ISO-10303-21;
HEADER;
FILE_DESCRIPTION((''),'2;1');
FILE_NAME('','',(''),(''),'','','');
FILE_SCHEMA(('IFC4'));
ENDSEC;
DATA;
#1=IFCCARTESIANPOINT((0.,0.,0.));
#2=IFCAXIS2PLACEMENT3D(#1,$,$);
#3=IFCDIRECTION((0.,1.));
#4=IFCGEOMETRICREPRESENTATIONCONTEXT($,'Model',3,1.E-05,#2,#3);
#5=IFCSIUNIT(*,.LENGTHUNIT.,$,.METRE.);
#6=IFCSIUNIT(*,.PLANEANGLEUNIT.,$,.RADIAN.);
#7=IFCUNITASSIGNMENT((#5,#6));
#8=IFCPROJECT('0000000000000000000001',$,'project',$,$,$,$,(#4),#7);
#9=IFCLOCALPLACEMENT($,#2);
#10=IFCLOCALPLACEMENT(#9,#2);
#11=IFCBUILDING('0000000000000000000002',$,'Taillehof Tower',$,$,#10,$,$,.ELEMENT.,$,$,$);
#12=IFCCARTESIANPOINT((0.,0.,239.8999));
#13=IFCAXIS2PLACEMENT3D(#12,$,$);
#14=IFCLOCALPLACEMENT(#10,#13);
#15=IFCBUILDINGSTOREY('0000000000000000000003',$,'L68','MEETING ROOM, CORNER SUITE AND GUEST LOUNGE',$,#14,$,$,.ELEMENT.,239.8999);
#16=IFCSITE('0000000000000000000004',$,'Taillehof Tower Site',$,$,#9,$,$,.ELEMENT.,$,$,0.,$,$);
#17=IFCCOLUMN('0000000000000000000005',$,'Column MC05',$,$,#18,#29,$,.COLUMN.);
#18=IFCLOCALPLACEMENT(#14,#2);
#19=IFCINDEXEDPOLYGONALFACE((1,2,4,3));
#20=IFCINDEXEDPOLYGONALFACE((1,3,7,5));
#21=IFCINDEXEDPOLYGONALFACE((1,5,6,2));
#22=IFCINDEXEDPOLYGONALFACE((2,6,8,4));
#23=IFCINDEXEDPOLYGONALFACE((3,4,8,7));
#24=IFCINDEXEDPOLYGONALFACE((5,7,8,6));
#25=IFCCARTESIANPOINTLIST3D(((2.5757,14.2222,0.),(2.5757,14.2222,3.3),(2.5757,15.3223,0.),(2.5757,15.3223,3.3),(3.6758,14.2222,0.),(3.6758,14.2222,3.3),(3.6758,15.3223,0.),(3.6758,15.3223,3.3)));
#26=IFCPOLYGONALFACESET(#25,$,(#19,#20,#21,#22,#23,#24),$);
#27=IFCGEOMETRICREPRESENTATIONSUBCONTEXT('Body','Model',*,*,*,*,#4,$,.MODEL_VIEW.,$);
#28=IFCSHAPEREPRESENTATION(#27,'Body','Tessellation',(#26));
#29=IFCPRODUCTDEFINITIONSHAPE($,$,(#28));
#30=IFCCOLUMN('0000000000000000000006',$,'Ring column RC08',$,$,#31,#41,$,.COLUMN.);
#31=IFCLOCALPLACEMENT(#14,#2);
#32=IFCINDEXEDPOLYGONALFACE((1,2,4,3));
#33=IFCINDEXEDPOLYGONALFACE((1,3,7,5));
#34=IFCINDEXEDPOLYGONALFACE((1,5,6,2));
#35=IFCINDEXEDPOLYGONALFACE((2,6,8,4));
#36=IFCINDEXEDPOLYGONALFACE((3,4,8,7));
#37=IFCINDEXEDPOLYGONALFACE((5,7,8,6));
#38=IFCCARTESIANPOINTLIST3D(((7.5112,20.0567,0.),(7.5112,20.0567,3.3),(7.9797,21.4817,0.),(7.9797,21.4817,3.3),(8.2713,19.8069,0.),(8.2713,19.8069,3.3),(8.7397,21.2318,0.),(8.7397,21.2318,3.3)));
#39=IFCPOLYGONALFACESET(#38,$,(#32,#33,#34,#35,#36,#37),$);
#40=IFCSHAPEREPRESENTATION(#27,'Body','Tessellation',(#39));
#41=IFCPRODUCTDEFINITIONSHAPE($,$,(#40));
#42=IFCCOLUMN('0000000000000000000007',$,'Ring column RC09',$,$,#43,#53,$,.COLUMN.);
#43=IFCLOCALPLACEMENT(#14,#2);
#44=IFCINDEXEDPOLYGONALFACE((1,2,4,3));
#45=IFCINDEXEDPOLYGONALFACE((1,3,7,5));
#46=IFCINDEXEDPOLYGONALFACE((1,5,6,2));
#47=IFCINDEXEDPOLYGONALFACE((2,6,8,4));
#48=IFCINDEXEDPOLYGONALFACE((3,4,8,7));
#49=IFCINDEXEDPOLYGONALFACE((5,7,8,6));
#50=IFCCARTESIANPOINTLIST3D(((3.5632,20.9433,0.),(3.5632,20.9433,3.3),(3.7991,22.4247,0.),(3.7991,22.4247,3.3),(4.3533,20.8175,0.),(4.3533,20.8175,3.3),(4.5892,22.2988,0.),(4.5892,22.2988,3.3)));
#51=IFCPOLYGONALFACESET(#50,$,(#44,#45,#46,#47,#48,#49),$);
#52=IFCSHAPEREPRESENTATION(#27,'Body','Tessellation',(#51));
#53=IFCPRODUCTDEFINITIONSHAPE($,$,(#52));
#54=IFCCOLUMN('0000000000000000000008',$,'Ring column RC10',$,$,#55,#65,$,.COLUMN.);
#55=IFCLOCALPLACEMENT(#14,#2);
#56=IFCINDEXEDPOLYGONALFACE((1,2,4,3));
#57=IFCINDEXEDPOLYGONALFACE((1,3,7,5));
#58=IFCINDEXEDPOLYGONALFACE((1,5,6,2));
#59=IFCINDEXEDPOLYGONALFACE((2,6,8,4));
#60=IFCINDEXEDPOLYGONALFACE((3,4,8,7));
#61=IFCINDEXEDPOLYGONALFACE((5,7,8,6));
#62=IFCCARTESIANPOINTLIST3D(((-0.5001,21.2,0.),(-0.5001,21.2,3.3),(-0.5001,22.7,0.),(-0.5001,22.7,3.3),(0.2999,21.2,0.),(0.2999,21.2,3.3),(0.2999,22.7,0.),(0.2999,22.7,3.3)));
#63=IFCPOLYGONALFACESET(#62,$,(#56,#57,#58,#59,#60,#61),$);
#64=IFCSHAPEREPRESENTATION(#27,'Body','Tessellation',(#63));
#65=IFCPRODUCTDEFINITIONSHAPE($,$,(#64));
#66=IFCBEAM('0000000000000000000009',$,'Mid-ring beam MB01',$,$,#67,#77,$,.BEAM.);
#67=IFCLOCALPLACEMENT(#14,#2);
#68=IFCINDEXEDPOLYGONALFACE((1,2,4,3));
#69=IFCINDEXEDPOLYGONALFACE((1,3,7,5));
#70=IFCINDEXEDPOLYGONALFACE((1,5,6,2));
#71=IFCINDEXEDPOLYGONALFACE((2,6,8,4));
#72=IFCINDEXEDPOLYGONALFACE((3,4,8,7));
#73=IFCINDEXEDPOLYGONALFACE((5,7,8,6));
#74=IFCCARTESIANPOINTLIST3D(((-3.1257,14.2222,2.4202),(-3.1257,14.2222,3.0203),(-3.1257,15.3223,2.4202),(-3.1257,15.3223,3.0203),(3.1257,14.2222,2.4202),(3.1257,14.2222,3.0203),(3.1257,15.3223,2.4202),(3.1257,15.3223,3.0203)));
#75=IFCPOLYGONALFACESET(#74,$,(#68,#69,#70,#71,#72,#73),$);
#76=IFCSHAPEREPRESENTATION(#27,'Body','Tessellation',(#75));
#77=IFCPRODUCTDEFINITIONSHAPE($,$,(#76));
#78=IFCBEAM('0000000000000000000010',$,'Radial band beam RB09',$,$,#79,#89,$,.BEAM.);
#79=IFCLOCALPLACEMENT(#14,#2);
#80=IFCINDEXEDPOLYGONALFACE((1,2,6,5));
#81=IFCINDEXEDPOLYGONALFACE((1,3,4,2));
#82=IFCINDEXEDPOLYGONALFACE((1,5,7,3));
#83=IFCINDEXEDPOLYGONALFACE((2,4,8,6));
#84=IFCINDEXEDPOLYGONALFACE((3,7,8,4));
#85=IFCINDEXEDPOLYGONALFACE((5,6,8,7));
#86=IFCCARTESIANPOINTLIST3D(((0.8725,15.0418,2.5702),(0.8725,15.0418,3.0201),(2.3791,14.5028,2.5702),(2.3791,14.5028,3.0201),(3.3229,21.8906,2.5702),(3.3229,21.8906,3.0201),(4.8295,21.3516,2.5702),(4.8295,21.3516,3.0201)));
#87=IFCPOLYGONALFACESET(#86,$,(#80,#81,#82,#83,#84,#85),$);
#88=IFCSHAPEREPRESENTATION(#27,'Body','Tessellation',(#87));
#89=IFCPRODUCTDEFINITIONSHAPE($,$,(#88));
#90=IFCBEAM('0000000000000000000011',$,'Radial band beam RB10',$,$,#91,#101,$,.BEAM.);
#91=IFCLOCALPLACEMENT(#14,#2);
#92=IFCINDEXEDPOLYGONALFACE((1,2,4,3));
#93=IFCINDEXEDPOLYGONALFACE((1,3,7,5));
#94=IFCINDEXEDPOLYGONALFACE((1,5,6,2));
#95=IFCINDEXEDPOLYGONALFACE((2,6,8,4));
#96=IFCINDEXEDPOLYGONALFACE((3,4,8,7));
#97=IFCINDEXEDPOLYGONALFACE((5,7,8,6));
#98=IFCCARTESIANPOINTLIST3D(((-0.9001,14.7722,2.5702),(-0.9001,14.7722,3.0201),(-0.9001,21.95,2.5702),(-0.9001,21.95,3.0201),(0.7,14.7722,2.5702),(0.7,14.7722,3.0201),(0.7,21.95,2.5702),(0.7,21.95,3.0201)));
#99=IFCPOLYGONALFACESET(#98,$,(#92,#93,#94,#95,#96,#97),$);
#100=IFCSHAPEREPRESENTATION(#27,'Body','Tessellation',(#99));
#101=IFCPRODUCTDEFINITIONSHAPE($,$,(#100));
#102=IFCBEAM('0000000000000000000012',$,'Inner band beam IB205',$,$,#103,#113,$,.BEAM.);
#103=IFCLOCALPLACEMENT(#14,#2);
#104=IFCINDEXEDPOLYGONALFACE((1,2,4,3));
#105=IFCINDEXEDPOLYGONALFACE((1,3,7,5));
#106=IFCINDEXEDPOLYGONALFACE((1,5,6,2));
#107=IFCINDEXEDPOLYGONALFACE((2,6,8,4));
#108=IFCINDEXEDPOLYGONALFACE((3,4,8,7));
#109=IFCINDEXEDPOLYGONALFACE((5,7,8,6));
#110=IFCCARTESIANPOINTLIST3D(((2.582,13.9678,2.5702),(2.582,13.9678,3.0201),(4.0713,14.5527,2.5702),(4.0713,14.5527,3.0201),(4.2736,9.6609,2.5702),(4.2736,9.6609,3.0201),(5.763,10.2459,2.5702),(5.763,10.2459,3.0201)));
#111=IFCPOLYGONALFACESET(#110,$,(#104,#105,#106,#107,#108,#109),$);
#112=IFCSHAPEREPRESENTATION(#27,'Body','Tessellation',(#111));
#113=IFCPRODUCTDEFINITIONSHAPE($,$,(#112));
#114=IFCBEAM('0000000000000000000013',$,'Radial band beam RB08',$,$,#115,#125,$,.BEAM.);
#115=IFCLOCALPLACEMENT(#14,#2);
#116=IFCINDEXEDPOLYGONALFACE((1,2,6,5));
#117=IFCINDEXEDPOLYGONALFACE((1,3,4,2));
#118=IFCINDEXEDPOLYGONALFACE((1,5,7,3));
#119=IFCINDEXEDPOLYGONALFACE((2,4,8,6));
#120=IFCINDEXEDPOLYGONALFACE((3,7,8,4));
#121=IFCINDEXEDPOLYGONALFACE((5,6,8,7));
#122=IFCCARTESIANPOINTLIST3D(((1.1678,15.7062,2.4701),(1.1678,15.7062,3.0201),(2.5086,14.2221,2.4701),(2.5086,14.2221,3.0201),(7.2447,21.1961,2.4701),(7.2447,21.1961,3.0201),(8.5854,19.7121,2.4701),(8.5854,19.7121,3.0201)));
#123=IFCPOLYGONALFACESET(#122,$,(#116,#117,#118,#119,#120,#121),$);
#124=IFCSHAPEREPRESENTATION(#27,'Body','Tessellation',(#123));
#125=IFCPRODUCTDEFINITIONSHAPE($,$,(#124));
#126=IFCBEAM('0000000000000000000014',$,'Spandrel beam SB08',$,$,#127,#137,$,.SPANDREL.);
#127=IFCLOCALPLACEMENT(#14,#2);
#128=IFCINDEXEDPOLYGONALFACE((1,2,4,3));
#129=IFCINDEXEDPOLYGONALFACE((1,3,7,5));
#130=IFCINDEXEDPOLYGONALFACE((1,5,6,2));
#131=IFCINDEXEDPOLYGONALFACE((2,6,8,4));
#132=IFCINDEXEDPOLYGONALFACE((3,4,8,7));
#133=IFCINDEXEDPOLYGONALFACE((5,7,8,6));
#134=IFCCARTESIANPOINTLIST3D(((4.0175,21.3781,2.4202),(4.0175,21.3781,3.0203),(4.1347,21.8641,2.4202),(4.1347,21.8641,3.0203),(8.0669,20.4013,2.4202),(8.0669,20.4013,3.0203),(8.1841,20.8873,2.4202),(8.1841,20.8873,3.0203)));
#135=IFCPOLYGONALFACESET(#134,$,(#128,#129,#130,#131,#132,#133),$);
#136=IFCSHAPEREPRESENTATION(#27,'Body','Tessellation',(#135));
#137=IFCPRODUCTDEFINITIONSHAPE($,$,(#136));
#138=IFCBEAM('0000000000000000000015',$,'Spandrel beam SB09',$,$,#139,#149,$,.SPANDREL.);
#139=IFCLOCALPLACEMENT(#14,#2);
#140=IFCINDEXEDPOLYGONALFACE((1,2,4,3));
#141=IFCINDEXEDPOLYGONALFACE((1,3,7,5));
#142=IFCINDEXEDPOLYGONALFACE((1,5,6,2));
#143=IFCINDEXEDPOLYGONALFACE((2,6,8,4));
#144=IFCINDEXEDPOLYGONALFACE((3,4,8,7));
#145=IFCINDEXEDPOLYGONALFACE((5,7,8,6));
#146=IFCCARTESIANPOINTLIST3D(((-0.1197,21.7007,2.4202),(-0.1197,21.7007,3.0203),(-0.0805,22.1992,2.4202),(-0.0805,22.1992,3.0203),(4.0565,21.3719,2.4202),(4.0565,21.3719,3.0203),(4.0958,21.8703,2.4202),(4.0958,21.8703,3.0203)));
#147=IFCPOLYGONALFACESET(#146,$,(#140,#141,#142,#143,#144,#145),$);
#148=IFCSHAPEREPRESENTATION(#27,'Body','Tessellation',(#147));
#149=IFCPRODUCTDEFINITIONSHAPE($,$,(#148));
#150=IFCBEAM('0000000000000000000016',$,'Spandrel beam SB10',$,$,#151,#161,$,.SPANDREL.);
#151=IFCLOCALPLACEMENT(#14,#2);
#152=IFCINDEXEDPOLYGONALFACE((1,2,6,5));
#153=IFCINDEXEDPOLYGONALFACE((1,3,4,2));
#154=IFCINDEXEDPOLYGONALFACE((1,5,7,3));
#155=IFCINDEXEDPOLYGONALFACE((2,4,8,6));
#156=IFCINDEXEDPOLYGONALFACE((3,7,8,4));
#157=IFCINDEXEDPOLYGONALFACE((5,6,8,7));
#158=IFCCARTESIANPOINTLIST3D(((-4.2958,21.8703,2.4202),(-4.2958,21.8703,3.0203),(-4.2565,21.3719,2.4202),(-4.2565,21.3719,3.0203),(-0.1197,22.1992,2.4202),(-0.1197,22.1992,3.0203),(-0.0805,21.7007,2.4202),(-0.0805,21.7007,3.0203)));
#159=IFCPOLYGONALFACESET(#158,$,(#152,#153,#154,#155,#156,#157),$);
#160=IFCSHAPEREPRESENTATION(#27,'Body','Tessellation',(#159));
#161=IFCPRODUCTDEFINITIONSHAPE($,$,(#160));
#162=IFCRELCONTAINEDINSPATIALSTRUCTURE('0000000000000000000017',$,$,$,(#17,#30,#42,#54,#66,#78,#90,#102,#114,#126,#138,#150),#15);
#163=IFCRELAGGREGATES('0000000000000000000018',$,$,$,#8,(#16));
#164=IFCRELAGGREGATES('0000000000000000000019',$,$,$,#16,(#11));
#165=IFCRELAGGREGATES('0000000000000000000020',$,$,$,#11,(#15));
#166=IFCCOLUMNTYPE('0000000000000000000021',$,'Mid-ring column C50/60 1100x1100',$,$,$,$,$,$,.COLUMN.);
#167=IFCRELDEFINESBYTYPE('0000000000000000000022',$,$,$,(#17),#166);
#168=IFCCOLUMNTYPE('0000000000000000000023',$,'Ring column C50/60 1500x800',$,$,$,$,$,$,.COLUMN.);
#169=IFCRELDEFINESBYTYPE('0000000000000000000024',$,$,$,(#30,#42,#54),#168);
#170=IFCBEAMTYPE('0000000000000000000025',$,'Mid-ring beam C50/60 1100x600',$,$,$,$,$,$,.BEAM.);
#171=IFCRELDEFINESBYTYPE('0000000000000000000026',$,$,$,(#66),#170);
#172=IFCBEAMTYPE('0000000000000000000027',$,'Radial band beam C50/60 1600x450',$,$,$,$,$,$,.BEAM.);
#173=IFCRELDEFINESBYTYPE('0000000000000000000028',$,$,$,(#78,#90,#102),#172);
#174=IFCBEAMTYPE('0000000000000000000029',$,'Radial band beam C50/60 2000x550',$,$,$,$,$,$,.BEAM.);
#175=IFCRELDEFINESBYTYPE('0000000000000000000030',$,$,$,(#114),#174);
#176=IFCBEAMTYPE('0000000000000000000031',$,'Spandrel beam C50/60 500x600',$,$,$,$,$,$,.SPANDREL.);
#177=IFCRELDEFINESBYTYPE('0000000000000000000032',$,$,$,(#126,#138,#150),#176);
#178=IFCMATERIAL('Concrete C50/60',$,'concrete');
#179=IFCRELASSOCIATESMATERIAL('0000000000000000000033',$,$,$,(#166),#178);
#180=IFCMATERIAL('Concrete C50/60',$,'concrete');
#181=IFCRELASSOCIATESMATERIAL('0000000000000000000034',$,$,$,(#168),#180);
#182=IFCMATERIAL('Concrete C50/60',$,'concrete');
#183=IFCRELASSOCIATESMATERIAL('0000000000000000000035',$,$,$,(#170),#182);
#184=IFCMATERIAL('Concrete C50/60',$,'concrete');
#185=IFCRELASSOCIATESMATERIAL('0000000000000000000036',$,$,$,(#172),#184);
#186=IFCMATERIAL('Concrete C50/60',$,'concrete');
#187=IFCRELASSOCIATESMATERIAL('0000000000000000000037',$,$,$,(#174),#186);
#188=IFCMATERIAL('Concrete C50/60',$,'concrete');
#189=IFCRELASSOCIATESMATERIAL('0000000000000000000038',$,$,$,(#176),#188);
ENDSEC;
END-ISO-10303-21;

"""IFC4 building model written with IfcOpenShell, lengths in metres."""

from ifc_helpers import new_model, si_unit, direction, frame, origin, origin_2d, place, context, subcontext, project, spatial, rectangle, extrude, material, material_profile, profile_set, type_object, element, save


model = new_model("IFC4")

# Units and contexts
model_context = context("Model", 3, precision=1e-05, world=origin(), true_north=direction((0.0, 1.0)))
body_context = subcontext(model_context, "Body", "Model", "MODEL_VIEW")
ifc_project = project(units=[si_unit("LENGTHUNIT", "METRE"), si_unit("PLANEANGLEUNIT", "RADIAN")], contexts=[model_context])

# Site, building, storey
site_placement = place(None, origin())
site = spatial("IfcSite", under=ifc_project, at=site_placement, Name="Taillehof Tower Site", CompositionType="ELEMENT", RefElevation=0.0)
building_placement = place(site_placement, origin())
building = spatial("IfcBuilding", under=site, at=building_placement, Name="Taillehof Tower", CompositionType="ELEMENT")
storey_placement = place(building_placement, frame((0.0, 0.0, 239.8999)))
storey = spatial("IfcBuildingStorey", under=building, at=storey_placement, Name="L68", Description="MEETING ROOM, CORNER SUITE AND GUEST LOUNGE", CompositionType="ELEMENT", Elevation=239.8999)

# Columns
ifc_material_1 = material(Name="Concrete C50/60", Category="concrete")
ifc_material_profile_1 = material_profile(ifc_material_1, rectangle(XDim=1.1001, YDim=1.1001, at=origin_2d()), Name="RC 1100x1100")
ifc_profile_set_1 = profile_set([ifc_material_profile_1], Name="Concrete C50/60")
column_type_1 = type_object("IfcColumnType", Name="Mid-ring column C50/60 1100x1100", PredefinedType="COLUMN", material=ifc_profile_set_1)
column_placement = place(storey_placement, frame((3.1257, 14.7722, 0.0), z_axis=(0.0, 0.0, 1.0), x_axis=(1.0, 0.0, 0.0)))
element("IfcColumn", 1, at=column_placement, inside=storey, type_object=column_type_1, Name="Column MC05", PredefinedType="COLUMN", context=body_context, shape_type="SweptSolid", body=[
    extrude(rectangle(XDim=1.1001, YDim=1.1001, at=origin_2d()), origin(), (0.0, 0.0, 1.0), 3.3),
])
ifc_material_2 = material(Name="Concrete C50/60", Category="concrete")
ifc_material_profile_2 = material_profile(ifc_material_2, rectangle(XDim=1.5, YDim=0.8, at=origin_2d()), Name="RC 1500x800")
ifc_profile_set_2 = profile_set([ifc_material_profile_2], Name="Concrete C50/60")
column_type_2 = type_object("IfcColumnType", Name="Ring column C50/60 1500x800", PredefinedType="COLUMN", material=ifc_profile_set_2)
for number, where, z_axis, x_axis, name in (
    (2, (8.1255, 20.6443, 0.0), (0.0, 0.0, 1.0), (0.312304, 0.949982, 0.0), "Ring column RC08"),
    (3, (4.0762, 21.6211, 0.0), (0.0, 0.0, 1.0), (0.157281, 0.987554, 0.0), "Ring column RC09"),
    (4, (-0.1001, 21.95, 0.0), (0.0, 0.0, 1.0), (0.0, 1.0, 0.0), "Ring column RC10"),
):
    element("IfcColumn", number, at=place(storey_placement, frame(where, z_axis=z_axis, x_axis=x_axis)), inside=storey, type_object=column_type_2, Name=name, PredefinedType="COLUMN", context=body_context, shape_type="SweptSolid", body=[
        extrude(rectangle(XDim=1.5, YDim=0.8, at=origin_2d()), origin(), (0.0, 0.0, 1.0), 3.3),
    ])

# Beams
ifc_material_3 = material(Name="Concrete C50/60", Category="concrete")
ifc_material_profile_3 = material_profile(ifc_material_3, rectangle(XDim=1.1001, YDim=0.6001, at=origin_2d()), Name="RC 1100x600")
ifc_profile_set_3 = profile_set([ifc_material_profile_3], Name="Concrete C50/60")
beam_type_1 = type_object("IfcBeamType", Name="Mid-ring beam C50/60 1100x600", PredefinedType="BEAM", material=ifc_profile_set_3)
beam_1_placement = place(storey_placement, frame((3.1257, 14.7722, 2.7202), z_axis=(-1.0, 0.0, 0.0), x_axis=(0.0, -1.0, 0.0)))
element("IfcBeam", 5, at=beam_1_placement, inside=storey, type_object=beam_type_1, Name="Mid-ring beam MB01", PredefinedType="BEAM", context=body_context, shape_type="SweptSolid", body=[
    extrude(rectangle(XDim=1.1001, YDim=0.6001, at=origin_2d()), origin(), (0.0, 0.0, 1.0), 6.2515),
])
ifc_material_4 = material(Name="Concrete C50/60", Category="concrete")
ifc_material_profile_4 = material_profile(ifc_material_4, rectangle(XDim=1.6001, YDim=0.45, at=origin_2d()), Name="RC 1600x450")
ifc_profile_set_4 = profile_set([ifc_material_profile_4], Name="Concrete C50/60")
beam_type_2 = type_object("IfcBeamType", Name="Radial band beam C50/60 1600x450", PredefinedType="BEAM", material=ifc_profile_set_4)
beam_2_placement = place(storey_placement, frame((4.0762, 21.6211, 2.7952), z_axis=(-0.336874, -0.94155, 0.0), x_axis=(0.94155, -0.336874, 0.0)))
element("IfcBeam", 6, at=beam_2_placement, inside=storey, type_object=beam_type_2, Name="Radial band beam RB09", PredefinedType="BEAM", context=body_context, shape_type="SweptSolid", body=[
    extrude(rectangle(XDim=1.6001, YDim=0.45, at=origin_2d()), origin(), (0.0, 0.0, 1.0), 7.2739),
])
beam_3_placement = place(storey_placement, frame((-0.1001, 21.95, 2.7952), z_axis=(0.0, -1.0, 0.0), x_axis=(1.0, 0.0, 0.0)))
element("IfcBeam", 7, at=beam_3_placement, inside=storey, type_object=beam_type_2, Name="Radial band beam RB10", PredefinedType="BEAM", context=body_context, shape_type="SweptSolid", body=[
    extrude(rectangle(XDim=1.6001, YDim=0.45, at=origin_2d()), origin(), (0.0, 0.0, 1.0), 7.1777),
])
beam_4_placement = place(storey_placement, frame((3.3267, 14.2603, 2.7952), z_axis=(0.365589, -0.930777, 0.0), x_axis=(0.930777, 0.365589, 0.0)))
element("IfcBeam", 8, at=beam_4_placement, inside=storey, type_object=beam_type_2, Name="Inner band beam IB205", PredefinedType="BEAM", context=body_context, shape_type="SweptSolid", body=[
    extrude(rectangle(XDim=1.6001, YDim=0.45, at=origin_2d()), origin(), (0.0, 0.0, 1.0), 4.6272),
])
ifc_material_5 = material(Name="Concrete C50/60", Category="concrete")
ifc_material_profile_5 = material_profile(ifc_material_5, rectangle(XDim=2.0, YDim=0.55, at=origin_2d()), Name="RC 2000x550")
ifc_profile_set_5 = profile_set([ifc_material_profile_5], Name="Concrete C50/60")
beam_type_3 = type_object("IfcBeamType", Name="Radial band beam C50/60 2000x550", PredefinedType="BEAM", material=ifc_profile_set_5)
beam_5_placement = place(storey_placement, frame((7.915, 20.4541, 2.7451), z_axis=(-0.742031, -0.670365, 0.0), x_axis=(0.670365, -0.742031, 0.0)))
element("IfcBeam", 9, at=beam_5_placement, inside=storey, type_object=beam_type_3, Name="Radial band beam RB08", PredefinedType="BEAM", context=body_context, shape_type="SweptSolid", body=[
    extrude(rectangle(XDim=2.0, YDim=0.55, at=origin_2d()), origin(), (0.0, 0.0, 1.0), 8.1895),
])
ifc_material_6 = material(Name="Concrete C50/60", Category="concrete")
ifc_material_profile_6 = material_profile(ifc_material_6, rectangle(XDim=0.5, YDim=0.6001, at=origin_2d()), Name="RC 500x600")
ifc_profile_set_6 = profile_set([ifc_material_profile_6], Name="Concrete C50/60")
beam_type_4 = type_object("IfcBeamType", Name="Spandrel beam C50/60 500x600", PredefinedType="SPANDREL", material=ifc_profile_set_6)
beam_6_placement = place(storey_placement, frame((8.1255, 20.6443, 2.7202), z_axis=(-0.972116, 0.234501, 0.0), x_axis=(-0.234501, -0.972116, 0.0)))
element("IfcBeam", 10, at=beam_6_placement, inside=storey, type_object=beam_type_4, Name="Spandrel beam SB08", PredefinedType="SPANDREL", context=body_context, shape_type="SweptSolid", body=[
    extrude(rectangle(XDim=0.5, YDim=0.6001, at=origin_2d()), origin(), (0.0, 0.0, 1.0), 4.1655),
])
beam_7_placement = place(storey_placement, frame((4.0762, 21.6211, 2.7202), z_axis=(-0.996914, 0.078501, 0.0), x_axis=(-0.078501, -0.996914, 0.0)))
element("IfcBeam", 11, at=beam_7_placement, inside=storey, type_object=beam_type_4, Name="Spandrel beam SB09", PredefinedType="SPANDREL", context=body_context, shape_type="SweptSolid", body=[
    extrude(rectangle(XDim=0.5, YDim=0.6001, at=origin_2d()), origin(), (0.0, 0.0, 1.0), 4.1892),
])
beam_8_placement = place(storey_placement, frame((-0.1001, 21.95, 2.7202), z_axis=(-0.996914, -0.078506, 0.0), x_axis=(0.078506, -0.996914, 0.0)))
element("IfcBeam", 12, at=beam_8_placement, inside=storey, type_object=beam_type_4, Name="Spandrel beam SB10", PredefinedType="SPANDREL", context=body_context, shape_type="SweptSolid", body=[
    extrude(rectangle(XDim=0.5, YDim=0.6001, at=origin_2d()), origin(), (0.0, 0.0, 1.0), 4.189),
])

save(model, "model.ifc")
